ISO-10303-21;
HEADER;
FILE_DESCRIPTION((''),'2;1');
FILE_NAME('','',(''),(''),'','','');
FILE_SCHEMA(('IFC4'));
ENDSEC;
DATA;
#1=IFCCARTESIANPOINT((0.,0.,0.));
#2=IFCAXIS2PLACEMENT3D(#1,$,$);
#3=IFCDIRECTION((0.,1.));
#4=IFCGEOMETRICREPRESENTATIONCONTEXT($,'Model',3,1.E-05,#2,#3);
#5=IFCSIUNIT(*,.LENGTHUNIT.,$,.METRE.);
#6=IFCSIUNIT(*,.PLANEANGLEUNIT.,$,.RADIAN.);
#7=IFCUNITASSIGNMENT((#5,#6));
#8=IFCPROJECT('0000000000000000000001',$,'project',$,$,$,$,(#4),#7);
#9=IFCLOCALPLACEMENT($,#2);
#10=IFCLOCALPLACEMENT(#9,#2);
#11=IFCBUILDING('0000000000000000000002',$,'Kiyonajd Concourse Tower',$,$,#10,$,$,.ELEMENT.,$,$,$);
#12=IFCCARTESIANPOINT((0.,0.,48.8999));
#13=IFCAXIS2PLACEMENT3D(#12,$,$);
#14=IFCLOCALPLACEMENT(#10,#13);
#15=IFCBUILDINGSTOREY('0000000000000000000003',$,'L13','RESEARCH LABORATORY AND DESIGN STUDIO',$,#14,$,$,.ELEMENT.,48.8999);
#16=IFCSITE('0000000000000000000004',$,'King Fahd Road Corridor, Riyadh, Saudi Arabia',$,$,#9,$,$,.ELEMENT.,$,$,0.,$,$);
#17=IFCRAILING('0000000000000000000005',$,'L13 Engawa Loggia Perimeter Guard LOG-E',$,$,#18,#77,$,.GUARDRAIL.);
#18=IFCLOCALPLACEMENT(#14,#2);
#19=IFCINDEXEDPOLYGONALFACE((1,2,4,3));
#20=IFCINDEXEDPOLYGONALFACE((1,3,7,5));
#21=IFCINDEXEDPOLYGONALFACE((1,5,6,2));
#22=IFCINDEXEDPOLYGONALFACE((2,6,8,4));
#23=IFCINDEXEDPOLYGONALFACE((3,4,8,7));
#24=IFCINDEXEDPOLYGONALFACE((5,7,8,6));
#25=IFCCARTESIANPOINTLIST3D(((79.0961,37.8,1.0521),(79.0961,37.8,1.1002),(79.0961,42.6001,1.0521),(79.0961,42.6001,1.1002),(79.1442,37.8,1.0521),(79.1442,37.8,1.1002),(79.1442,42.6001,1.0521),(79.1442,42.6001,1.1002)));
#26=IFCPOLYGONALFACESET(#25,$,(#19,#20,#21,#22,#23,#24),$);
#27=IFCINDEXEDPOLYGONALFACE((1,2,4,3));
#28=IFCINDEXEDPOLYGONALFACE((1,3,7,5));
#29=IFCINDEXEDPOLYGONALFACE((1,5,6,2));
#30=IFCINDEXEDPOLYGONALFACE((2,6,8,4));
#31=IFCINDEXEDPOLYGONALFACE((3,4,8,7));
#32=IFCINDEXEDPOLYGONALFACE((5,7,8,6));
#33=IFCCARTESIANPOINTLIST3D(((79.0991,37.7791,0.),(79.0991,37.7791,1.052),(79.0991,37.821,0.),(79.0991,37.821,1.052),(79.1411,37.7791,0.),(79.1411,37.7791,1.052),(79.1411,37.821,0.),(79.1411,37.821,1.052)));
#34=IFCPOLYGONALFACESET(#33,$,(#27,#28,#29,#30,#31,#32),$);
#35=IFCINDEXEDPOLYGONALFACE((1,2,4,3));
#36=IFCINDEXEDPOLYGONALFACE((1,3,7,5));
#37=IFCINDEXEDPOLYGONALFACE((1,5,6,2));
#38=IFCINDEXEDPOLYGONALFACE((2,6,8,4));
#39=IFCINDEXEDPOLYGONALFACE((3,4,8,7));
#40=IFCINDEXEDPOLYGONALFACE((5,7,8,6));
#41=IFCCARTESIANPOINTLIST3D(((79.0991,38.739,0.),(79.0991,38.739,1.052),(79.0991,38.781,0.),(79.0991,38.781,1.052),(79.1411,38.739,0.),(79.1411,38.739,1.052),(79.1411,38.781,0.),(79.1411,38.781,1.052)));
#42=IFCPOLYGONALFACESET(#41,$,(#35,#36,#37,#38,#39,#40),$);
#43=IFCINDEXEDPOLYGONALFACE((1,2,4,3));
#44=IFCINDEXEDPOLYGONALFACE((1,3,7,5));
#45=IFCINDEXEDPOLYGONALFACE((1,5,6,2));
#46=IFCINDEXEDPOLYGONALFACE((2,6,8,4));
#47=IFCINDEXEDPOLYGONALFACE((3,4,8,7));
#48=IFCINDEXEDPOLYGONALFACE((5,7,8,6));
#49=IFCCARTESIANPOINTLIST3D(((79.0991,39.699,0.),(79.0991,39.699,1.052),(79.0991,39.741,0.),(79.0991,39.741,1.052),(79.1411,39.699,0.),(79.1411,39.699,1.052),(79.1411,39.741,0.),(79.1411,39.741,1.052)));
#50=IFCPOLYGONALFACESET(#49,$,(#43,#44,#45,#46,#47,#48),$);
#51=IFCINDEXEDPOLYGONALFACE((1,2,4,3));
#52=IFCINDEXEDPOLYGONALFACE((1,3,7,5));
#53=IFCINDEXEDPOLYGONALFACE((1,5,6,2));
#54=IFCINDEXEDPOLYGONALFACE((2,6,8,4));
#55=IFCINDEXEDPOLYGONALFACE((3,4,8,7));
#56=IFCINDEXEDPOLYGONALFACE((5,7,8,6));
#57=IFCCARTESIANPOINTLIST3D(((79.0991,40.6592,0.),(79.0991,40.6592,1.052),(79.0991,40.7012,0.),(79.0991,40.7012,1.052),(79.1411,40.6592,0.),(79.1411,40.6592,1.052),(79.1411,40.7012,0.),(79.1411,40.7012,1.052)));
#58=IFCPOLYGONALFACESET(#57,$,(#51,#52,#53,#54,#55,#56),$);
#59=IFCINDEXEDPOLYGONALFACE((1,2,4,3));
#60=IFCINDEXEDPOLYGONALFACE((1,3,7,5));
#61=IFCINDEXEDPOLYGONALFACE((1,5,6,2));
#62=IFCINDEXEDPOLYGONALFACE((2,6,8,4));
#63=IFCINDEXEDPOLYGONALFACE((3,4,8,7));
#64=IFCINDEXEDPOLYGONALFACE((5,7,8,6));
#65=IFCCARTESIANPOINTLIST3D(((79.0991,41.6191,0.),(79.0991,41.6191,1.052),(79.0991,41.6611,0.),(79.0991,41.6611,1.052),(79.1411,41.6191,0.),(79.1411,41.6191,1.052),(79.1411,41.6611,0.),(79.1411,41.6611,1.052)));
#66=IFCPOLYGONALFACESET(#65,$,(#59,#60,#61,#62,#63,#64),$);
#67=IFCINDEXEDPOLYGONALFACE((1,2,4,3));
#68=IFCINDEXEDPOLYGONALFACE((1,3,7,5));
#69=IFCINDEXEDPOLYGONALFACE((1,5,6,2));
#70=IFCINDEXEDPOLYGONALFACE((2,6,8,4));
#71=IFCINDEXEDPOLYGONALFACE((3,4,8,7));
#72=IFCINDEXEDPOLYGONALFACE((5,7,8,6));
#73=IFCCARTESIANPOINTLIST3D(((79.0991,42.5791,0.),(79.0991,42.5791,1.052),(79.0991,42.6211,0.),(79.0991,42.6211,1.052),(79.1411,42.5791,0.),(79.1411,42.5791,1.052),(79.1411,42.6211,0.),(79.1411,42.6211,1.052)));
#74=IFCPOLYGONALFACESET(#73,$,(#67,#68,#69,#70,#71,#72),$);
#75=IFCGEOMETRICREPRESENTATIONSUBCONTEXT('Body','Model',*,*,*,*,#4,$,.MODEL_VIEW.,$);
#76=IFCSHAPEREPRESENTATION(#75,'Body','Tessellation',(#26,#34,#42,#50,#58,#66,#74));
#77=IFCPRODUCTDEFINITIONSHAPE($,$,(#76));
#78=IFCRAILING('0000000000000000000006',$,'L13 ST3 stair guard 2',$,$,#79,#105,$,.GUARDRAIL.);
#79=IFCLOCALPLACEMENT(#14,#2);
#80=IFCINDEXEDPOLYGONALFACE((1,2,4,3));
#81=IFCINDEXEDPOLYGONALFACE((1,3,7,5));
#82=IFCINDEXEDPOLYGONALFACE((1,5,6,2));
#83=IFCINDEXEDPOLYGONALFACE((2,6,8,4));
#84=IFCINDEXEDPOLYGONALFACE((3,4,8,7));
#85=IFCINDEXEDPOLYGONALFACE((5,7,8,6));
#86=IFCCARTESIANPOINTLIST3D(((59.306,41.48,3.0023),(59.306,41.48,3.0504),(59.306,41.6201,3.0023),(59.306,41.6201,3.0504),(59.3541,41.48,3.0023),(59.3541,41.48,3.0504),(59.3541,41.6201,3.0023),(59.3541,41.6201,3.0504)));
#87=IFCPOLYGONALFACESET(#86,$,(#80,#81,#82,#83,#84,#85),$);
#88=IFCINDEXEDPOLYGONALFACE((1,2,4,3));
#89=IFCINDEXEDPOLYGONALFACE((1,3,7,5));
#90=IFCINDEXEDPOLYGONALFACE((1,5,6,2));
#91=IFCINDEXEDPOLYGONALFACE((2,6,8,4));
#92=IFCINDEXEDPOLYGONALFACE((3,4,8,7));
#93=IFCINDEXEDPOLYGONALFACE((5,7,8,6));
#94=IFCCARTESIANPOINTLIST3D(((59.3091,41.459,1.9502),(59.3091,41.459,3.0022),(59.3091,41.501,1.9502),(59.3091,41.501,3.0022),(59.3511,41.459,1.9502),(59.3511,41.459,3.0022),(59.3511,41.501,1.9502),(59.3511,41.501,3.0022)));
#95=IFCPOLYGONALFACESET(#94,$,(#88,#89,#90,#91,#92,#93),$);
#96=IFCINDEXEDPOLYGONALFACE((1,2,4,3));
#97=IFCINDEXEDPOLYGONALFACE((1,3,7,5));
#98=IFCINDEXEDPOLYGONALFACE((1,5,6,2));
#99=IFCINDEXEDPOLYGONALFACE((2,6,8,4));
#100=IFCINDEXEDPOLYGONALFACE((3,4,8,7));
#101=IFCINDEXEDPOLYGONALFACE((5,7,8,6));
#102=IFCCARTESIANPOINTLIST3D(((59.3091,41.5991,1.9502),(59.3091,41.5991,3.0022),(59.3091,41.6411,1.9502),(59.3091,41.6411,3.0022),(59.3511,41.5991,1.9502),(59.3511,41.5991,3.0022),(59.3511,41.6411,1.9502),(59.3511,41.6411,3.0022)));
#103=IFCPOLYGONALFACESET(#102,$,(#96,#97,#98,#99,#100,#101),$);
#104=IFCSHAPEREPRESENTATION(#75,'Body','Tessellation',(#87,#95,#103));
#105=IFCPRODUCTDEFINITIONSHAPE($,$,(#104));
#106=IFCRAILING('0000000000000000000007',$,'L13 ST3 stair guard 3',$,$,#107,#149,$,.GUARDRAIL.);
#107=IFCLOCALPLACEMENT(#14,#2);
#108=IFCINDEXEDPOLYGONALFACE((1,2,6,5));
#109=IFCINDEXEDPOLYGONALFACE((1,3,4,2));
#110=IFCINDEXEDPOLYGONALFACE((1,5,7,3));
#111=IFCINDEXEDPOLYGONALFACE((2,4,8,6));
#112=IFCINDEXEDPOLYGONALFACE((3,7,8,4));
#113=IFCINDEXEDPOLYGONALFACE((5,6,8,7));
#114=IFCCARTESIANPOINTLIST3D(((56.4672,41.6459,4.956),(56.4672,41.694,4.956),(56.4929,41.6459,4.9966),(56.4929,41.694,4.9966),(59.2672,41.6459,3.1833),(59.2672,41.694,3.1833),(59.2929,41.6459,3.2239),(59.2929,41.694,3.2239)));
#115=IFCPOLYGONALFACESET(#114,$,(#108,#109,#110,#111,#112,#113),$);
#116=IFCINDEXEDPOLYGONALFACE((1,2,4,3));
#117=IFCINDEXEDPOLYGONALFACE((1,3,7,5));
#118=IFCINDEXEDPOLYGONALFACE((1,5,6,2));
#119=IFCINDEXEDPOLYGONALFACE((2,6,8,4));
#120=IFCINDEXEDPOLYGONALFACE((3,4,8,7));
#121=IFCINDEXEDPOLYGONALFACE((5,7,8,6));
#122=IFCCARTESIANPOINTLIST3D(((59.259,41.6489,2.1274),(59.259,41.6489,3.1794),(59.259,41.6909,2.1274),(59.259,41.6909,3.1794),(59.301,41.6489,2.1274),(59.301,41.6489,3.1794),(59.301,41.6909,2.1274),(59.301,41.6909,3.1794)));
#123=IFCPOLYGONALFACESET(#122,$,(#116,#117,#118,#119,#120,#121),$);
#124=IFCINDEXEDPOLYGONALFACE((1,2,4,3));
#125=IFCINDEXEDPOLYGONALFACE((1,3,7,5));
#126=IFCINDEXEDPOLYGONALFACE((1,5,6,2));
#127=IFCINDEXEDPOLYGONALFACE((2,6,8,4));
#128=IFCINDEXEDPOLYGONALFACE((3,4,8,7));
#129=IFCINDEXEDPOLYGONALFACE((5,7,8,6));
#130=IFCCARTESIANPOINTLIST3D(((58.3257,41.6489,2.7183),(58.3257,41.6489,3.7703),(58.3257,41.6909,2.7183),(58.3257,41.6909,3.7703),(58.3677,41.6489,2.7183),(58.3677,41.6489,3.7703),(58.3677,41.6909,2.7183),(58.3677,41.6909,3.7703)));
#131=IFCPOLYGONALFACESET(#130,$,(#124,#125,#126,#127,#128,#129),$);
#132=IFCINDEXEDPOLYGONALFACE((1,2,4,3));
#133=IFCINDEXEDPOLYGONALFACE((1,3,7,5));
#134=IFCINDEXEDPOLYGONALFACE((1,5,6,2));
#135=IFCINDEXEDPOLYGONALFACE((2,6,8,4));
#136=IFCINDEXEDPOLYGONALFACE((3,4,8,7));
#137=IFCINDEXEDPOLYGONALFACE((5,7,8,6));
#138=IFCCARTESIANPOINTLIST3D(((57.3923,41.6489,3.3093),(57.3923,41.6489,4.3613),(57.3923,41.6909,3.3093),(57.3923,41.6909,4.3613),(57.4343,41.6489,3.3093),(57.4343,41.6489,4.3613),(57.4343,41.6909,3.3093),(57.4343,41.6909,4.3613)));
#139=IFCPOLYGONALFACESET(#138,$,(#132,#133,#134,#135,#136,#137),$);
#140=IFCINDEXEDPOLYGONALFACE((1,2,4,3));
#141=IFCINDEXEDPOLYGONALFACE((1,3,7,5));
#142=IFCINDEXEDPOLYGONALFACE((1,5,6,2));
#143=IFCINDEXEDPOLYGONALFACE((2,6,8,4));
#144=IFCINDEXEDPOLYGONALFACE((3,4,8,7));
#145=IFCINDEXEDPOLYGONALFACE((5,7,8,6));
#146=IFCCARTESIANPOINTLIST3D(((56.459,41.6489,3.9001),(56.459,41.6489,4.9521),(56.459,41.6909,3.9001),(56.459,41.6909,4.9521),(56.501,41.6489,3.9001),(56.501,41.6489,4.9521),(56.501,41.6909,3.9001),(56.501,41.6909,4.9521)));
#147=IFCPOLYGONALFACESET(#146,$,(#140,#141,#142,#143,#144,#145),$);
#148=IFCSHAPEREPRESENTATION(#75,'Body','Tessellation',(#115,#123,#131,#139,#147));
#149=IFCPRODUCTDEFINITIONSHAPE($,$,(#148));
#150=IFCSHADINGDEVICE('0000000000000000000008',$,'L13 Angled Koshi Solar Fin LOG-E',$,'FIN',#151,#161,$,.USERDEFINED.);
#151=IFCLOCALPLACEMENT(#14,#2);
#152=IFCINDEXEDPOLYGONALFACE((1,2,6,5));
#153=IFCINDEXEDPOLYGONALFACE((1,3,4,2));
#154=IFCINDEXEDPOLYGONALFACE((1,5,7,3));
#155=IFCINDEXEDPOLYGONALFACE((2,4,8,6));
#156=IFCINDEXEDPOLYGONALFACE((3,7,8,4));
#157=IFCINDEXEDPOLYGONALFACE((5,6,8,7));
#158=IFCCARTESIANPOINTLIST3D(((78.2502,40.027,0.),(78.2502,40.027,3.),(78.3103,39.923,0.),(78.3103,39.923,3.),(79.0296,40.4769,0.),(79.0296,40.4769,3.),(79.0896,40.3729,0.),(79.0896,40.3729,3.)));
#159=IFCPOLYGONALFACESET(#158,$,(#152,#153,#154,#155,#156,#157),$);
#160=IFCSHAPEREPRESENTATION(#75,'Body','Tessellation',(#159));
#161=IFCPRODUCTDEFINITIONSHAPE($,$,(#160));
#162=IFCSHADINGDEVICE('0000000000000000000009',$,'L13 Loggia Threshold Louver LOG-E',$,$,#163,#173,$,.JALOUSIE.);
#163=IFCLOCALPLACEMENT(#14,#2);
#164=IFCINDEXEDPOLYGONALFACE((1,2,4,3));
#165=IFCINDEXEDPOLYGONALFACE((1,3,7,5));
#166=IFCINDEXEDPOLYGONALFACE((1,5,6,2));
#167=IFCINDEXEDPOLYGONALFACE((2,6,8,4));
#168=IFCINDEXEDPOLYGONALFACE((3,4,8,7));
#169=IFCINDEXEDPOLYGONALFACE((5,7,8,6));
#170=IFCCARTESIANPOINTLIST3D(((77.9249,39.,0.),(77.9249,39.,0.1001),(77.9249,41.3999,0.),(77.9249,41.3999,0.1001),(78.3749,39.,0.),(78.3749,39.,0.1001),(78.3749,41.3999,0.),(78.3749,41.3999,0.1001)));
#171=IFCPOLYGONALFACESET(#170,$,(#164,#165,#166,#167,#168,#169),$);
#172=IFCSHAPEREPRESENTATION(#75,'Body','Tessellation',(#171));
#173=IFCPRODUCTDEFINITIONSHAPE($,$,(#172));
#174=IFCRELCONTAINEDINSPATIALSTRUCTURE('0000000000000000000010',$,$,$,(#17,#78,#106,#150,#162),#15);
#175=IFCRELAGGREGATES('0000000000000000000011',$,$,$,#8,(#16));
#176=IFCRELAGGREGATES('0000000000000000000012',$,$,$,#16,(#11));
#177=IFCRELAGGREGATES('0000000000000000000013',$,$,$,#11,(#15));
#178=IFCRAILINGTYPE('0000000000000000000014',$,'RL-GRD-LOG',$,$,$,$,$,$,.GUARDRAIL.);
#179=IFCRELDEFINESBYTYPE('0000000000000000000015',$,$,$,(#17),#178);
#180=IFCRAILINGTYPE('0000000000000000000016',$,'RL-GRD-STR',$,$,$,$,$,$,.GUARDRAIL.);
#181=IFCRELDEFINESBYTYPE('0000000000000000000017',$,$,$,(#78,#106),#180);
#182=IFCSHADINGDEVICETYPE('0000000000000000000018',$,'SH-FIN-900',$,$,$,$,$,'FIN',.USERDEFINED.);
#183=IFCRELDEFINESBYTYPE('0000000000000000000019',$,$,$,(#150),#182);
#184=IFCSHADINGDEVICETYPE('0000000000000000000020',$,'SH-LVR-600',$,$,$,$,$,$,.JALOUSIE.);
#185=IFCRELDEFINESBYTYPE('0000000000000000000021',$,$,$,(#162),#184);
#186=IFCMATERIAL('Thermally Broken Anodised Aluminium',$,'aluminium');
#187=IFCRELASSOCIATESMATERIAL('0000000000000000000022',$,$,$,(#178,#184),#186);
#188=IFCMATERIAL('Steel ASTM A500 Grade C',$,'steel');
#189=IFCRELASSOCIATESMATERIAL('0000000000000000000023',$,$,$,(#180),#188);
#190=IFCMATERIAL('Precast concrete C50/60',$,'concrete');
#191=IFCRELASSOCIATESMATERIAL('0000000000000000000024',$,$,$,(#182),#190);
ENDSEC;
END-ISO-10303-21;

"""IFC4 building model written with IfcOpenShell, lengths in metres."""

from ifc_helpers import new_model, si_unit, direction, frame, origin, origin_2d, place, context, subcontext, project, spatial, rectangle, extrude, material, type_object, element, save


model = new_model("IFC4")

# Units and contexts
model_context = context("Model", 3, precision=1e-05, world=origin(), true_north=direction((0.0, 1.0)))
body_context = subcontext(model_context, "Body", "Model", "MODEL_VIEW")
ifc_project = project(units=[si_unit("LENGTHUNIT", "METRE"), si_unit("PLANEANGLEUNIT", "RADIAN")], contexts=[model_context])

# Site, building, storey
site_placement = place(None, origin())
site = spatial("IfcSite", under=ifc_project, at=site_placement, Name="King Fahd Road Corridor, Riyadh, Saudi Arabia", CompositionType="ELEMENT", RefElevation=0.0)
building_placement = place(site_placement, origin())
building = spatial("IfcBuilding", under=site, at=building_placement, Name="Kiyonajd Concourse Tower", CompositionType="ELEMENT")
storey_placement = place(building_placement, frame((0.0, 0.0, 48.8999)))
storey = spatial("IfcBuildingStorey", under=building, at=storey_placement, Name="L13", Description="RESEARCH LABORATORY AND DESIGN STUDIO", CompositionType="ELEMENT", Elevation=48.8999)

# Shared definitions
ifc_material_1 = material(Name="Precast concrete C50/60", Category="concrete")

# Shared definitions
ifc_material_2 = material(Name="Thermally Broken Anodised Aluminium", Category="aluminium")

# Railings
railing_type_1 = type_object("IfcRailingType", Name="RL-GRD-LOG", PredefinedType="GUARDRAIL", material=ifc_material_2)
railing_1_placement = place(storey_placement, frame((79.1201, 37.8, 0.0)))
element("IfcRailing", 1, at=railing_1_placement, inside=storey, type_object=railing_type_1, Name="L13 Engawa Loggia Perimeter Guard LOG-E", PredefinedType="GUARDRAIL", context=body_context, shape_type="SweptSolid", body=[
    extrude(rectangle(XDim=0.0481, YDim=0.0481, at=origin_2d()), frame((0.0, 0.0, 1.0762), z_axis=(0.0, 1.0, 0.0), x_axis=(-1.0, 0.0, 0.0)), (0.0, 0.0, 1.0), 4.8),
    extrude(rectangle(XDim=0.042, YDim=0.042, at=origin_2d()), origin(), (0.0, 0.0, 1.0), 1.052),
    extrude(rectangle(XDim=0.042, YDim=0.042, at=origin_2d()), frame((0.0, 0.96, 0.0)), (0.0, 0.0, 1.0), 1.052),
    extrude(rectangle(XDim=0.042, YDim=0.042, at=origin_2d()), frame((0.0, 1.9199, 0.0)), (0.0, 0.0, 1.0), 1.052),
    extrude(rectangle(XDim=0.042, YDim=0.042, at=origin_2d()), frame((0.0, 2.8801, 0.0)), (0.0, 0.0, 1.0), 1.052),
    extrude(rectangle(XDim=0.042, YDim=0.042, at=origin_2d()), frame((0.0, 3.8401, 0.0)), (0.0, 0.0, 1.0), 1.052),
    extrude(rectangle(XDim=0.042, YDim=0.042, at=origin_2d()), frame((0.0, 4.8, 0.0)), (0.0, 0.0, 1.0), 1.052),
])
ifc_material_3 = material(Name="Steel ASTM A500 Grade C", Category="steel")
railing_type_2 = type_object("IfcRailingType", Name="RL-GRD-STR", PredefinedType="GUARDRAIL", material=ifc_material_3)
railing_2_placement = place(storey_placement, frame((59.3301, 41.48, 1.9502)))
element("IfcRailing", 2, at=railing_2_placement, inside=storey, type_object=railing_type_2, Name="L13 ST3 stair guard 2", PredefinedType="GUARDRAIL", context=body_context, shape_type="SweptSolid", body=[
    extrude(rectangle(XDim=0.0481, YDim=0.0481, at=origin_2d()), frame((0.0, 0.0, 1.0762), z_axis=(0.0, 1.0, 0.0), x_axis=(-1.0, 0.0, 0.0)), (0.0, 0.0, 1.0), 0.1401),
    extrude(rectangle(XDim=0.042, YDim=0.042, at=origin_2d()), origin(), (0.0, 0.0, 1.0), 1.052),
    extrude(rectangle(XDim=0.042, YDim=0.042, at=origin_2d()), frame((0.0, 0.1401, 0.0)), (0.0, 0.0, 1.0), 1.052),
])
railing_3_placement = place(storey_placement, frame((59.28, 41.6699, 2.1274)))
element("IfcRailing", 3, at=railing_3_placement, inside=storey, type_object=railing_type_2, Name="L13 ST3 stair guard 3", PredefinedType="GUARDRAIL", context=body_context, shape_type="SweptSolid", body=[
    extrude(rectangle(XDim=0.0481, YDim=0.0481, at=origin_2d()), frame((0.0, 0.0, 1.0762), z_axis=(-0.844909, 0.0, 0.53491), x_axis=(0.0, -1.0, 0.0)), (0.0, 0.0, 1.0), 3.314),
    extrude(rectangle(XDim=0.042, YDim=0.042, at=origin_2d()), origin(), (0.0, 0.0, 1.0), 1.052),
    extrude(rectangle(XDim=0.042, YDim=0.042, at=origin_2d()), frame((-0.9333, 0.0, 0.5908)), (0.0, 0.0, 1.0), 1.052),
    extrude(rectangle(XDim=0.042, YDim=0.042, at=origin_2d()), frame((-1.8667, 0.0, 1.1819)), (0.0, 0.0, 1.0), 1.052),
    extrude(rectangle(XDim=0.042, YDim=0.042, at=origin_2d()), frame((-2.8, 0.0, 1.7727)), (0.0, 0.0, 1.0), 1.052),
])

# Shading devices
shading_device_type_1 = type_object("IfcShadingDeviceType", Name="SH-FIN-900", ElementType="FIN", PredefinedType="USERDEFINED", material=ifc_material_1)
shading_device_1_placement = place(storey_placement, frame((78.6699, 40.2, 0.0), z_axis=(0.0, 0.0, 1.0), x_axis=(0.866025, 0.5, 0.0)))
element("IfcShadingDevice", 4, at=shading_device_1_placement, inside=storey, type_object=shading_device_type_1, Name="L13 Angled Koshi Solar Fin LOG-E", ObjectType="FIN", PredefinedType="USERDEFINED", context=body_context, shape_type="SweptSolid", body=[
    extrude(rectangle(XDim=0.8999, YDim=0.1201, at=origin_2d()), origin(), (0.0, 0.0, 1.0), 3.0),
])
shading_device_type_2 = type_object("IfcShadingDeviceType", Name="SH-LVR-600", PredefinedType="JALOUSIE", material=ifc_material_2)
shading_device_2_placement = place(storey_placement, frame((78.1499, 40.2, 0.0), z_axis=(0.0, 0.0, 1.0), x_axis=(0.0, 1.0, 0.0)))
element("IfcShadingDevice", 5, at=shading_device_2_placement, inside=storey, type_object=shading_device_type_2, Name="L13 Loggia Threshold Louver LOG-E", PredefinedType="JALOUSIE", context=body_context, shape_type="SweptSolid", body=[
    extrude(rectangle(XDim=2.3999, YDim=0.45, at=origin_2d()), origin(), (0.0, 0.0, 1.0), 0.1001),
])

save(model, "model.ifc")
